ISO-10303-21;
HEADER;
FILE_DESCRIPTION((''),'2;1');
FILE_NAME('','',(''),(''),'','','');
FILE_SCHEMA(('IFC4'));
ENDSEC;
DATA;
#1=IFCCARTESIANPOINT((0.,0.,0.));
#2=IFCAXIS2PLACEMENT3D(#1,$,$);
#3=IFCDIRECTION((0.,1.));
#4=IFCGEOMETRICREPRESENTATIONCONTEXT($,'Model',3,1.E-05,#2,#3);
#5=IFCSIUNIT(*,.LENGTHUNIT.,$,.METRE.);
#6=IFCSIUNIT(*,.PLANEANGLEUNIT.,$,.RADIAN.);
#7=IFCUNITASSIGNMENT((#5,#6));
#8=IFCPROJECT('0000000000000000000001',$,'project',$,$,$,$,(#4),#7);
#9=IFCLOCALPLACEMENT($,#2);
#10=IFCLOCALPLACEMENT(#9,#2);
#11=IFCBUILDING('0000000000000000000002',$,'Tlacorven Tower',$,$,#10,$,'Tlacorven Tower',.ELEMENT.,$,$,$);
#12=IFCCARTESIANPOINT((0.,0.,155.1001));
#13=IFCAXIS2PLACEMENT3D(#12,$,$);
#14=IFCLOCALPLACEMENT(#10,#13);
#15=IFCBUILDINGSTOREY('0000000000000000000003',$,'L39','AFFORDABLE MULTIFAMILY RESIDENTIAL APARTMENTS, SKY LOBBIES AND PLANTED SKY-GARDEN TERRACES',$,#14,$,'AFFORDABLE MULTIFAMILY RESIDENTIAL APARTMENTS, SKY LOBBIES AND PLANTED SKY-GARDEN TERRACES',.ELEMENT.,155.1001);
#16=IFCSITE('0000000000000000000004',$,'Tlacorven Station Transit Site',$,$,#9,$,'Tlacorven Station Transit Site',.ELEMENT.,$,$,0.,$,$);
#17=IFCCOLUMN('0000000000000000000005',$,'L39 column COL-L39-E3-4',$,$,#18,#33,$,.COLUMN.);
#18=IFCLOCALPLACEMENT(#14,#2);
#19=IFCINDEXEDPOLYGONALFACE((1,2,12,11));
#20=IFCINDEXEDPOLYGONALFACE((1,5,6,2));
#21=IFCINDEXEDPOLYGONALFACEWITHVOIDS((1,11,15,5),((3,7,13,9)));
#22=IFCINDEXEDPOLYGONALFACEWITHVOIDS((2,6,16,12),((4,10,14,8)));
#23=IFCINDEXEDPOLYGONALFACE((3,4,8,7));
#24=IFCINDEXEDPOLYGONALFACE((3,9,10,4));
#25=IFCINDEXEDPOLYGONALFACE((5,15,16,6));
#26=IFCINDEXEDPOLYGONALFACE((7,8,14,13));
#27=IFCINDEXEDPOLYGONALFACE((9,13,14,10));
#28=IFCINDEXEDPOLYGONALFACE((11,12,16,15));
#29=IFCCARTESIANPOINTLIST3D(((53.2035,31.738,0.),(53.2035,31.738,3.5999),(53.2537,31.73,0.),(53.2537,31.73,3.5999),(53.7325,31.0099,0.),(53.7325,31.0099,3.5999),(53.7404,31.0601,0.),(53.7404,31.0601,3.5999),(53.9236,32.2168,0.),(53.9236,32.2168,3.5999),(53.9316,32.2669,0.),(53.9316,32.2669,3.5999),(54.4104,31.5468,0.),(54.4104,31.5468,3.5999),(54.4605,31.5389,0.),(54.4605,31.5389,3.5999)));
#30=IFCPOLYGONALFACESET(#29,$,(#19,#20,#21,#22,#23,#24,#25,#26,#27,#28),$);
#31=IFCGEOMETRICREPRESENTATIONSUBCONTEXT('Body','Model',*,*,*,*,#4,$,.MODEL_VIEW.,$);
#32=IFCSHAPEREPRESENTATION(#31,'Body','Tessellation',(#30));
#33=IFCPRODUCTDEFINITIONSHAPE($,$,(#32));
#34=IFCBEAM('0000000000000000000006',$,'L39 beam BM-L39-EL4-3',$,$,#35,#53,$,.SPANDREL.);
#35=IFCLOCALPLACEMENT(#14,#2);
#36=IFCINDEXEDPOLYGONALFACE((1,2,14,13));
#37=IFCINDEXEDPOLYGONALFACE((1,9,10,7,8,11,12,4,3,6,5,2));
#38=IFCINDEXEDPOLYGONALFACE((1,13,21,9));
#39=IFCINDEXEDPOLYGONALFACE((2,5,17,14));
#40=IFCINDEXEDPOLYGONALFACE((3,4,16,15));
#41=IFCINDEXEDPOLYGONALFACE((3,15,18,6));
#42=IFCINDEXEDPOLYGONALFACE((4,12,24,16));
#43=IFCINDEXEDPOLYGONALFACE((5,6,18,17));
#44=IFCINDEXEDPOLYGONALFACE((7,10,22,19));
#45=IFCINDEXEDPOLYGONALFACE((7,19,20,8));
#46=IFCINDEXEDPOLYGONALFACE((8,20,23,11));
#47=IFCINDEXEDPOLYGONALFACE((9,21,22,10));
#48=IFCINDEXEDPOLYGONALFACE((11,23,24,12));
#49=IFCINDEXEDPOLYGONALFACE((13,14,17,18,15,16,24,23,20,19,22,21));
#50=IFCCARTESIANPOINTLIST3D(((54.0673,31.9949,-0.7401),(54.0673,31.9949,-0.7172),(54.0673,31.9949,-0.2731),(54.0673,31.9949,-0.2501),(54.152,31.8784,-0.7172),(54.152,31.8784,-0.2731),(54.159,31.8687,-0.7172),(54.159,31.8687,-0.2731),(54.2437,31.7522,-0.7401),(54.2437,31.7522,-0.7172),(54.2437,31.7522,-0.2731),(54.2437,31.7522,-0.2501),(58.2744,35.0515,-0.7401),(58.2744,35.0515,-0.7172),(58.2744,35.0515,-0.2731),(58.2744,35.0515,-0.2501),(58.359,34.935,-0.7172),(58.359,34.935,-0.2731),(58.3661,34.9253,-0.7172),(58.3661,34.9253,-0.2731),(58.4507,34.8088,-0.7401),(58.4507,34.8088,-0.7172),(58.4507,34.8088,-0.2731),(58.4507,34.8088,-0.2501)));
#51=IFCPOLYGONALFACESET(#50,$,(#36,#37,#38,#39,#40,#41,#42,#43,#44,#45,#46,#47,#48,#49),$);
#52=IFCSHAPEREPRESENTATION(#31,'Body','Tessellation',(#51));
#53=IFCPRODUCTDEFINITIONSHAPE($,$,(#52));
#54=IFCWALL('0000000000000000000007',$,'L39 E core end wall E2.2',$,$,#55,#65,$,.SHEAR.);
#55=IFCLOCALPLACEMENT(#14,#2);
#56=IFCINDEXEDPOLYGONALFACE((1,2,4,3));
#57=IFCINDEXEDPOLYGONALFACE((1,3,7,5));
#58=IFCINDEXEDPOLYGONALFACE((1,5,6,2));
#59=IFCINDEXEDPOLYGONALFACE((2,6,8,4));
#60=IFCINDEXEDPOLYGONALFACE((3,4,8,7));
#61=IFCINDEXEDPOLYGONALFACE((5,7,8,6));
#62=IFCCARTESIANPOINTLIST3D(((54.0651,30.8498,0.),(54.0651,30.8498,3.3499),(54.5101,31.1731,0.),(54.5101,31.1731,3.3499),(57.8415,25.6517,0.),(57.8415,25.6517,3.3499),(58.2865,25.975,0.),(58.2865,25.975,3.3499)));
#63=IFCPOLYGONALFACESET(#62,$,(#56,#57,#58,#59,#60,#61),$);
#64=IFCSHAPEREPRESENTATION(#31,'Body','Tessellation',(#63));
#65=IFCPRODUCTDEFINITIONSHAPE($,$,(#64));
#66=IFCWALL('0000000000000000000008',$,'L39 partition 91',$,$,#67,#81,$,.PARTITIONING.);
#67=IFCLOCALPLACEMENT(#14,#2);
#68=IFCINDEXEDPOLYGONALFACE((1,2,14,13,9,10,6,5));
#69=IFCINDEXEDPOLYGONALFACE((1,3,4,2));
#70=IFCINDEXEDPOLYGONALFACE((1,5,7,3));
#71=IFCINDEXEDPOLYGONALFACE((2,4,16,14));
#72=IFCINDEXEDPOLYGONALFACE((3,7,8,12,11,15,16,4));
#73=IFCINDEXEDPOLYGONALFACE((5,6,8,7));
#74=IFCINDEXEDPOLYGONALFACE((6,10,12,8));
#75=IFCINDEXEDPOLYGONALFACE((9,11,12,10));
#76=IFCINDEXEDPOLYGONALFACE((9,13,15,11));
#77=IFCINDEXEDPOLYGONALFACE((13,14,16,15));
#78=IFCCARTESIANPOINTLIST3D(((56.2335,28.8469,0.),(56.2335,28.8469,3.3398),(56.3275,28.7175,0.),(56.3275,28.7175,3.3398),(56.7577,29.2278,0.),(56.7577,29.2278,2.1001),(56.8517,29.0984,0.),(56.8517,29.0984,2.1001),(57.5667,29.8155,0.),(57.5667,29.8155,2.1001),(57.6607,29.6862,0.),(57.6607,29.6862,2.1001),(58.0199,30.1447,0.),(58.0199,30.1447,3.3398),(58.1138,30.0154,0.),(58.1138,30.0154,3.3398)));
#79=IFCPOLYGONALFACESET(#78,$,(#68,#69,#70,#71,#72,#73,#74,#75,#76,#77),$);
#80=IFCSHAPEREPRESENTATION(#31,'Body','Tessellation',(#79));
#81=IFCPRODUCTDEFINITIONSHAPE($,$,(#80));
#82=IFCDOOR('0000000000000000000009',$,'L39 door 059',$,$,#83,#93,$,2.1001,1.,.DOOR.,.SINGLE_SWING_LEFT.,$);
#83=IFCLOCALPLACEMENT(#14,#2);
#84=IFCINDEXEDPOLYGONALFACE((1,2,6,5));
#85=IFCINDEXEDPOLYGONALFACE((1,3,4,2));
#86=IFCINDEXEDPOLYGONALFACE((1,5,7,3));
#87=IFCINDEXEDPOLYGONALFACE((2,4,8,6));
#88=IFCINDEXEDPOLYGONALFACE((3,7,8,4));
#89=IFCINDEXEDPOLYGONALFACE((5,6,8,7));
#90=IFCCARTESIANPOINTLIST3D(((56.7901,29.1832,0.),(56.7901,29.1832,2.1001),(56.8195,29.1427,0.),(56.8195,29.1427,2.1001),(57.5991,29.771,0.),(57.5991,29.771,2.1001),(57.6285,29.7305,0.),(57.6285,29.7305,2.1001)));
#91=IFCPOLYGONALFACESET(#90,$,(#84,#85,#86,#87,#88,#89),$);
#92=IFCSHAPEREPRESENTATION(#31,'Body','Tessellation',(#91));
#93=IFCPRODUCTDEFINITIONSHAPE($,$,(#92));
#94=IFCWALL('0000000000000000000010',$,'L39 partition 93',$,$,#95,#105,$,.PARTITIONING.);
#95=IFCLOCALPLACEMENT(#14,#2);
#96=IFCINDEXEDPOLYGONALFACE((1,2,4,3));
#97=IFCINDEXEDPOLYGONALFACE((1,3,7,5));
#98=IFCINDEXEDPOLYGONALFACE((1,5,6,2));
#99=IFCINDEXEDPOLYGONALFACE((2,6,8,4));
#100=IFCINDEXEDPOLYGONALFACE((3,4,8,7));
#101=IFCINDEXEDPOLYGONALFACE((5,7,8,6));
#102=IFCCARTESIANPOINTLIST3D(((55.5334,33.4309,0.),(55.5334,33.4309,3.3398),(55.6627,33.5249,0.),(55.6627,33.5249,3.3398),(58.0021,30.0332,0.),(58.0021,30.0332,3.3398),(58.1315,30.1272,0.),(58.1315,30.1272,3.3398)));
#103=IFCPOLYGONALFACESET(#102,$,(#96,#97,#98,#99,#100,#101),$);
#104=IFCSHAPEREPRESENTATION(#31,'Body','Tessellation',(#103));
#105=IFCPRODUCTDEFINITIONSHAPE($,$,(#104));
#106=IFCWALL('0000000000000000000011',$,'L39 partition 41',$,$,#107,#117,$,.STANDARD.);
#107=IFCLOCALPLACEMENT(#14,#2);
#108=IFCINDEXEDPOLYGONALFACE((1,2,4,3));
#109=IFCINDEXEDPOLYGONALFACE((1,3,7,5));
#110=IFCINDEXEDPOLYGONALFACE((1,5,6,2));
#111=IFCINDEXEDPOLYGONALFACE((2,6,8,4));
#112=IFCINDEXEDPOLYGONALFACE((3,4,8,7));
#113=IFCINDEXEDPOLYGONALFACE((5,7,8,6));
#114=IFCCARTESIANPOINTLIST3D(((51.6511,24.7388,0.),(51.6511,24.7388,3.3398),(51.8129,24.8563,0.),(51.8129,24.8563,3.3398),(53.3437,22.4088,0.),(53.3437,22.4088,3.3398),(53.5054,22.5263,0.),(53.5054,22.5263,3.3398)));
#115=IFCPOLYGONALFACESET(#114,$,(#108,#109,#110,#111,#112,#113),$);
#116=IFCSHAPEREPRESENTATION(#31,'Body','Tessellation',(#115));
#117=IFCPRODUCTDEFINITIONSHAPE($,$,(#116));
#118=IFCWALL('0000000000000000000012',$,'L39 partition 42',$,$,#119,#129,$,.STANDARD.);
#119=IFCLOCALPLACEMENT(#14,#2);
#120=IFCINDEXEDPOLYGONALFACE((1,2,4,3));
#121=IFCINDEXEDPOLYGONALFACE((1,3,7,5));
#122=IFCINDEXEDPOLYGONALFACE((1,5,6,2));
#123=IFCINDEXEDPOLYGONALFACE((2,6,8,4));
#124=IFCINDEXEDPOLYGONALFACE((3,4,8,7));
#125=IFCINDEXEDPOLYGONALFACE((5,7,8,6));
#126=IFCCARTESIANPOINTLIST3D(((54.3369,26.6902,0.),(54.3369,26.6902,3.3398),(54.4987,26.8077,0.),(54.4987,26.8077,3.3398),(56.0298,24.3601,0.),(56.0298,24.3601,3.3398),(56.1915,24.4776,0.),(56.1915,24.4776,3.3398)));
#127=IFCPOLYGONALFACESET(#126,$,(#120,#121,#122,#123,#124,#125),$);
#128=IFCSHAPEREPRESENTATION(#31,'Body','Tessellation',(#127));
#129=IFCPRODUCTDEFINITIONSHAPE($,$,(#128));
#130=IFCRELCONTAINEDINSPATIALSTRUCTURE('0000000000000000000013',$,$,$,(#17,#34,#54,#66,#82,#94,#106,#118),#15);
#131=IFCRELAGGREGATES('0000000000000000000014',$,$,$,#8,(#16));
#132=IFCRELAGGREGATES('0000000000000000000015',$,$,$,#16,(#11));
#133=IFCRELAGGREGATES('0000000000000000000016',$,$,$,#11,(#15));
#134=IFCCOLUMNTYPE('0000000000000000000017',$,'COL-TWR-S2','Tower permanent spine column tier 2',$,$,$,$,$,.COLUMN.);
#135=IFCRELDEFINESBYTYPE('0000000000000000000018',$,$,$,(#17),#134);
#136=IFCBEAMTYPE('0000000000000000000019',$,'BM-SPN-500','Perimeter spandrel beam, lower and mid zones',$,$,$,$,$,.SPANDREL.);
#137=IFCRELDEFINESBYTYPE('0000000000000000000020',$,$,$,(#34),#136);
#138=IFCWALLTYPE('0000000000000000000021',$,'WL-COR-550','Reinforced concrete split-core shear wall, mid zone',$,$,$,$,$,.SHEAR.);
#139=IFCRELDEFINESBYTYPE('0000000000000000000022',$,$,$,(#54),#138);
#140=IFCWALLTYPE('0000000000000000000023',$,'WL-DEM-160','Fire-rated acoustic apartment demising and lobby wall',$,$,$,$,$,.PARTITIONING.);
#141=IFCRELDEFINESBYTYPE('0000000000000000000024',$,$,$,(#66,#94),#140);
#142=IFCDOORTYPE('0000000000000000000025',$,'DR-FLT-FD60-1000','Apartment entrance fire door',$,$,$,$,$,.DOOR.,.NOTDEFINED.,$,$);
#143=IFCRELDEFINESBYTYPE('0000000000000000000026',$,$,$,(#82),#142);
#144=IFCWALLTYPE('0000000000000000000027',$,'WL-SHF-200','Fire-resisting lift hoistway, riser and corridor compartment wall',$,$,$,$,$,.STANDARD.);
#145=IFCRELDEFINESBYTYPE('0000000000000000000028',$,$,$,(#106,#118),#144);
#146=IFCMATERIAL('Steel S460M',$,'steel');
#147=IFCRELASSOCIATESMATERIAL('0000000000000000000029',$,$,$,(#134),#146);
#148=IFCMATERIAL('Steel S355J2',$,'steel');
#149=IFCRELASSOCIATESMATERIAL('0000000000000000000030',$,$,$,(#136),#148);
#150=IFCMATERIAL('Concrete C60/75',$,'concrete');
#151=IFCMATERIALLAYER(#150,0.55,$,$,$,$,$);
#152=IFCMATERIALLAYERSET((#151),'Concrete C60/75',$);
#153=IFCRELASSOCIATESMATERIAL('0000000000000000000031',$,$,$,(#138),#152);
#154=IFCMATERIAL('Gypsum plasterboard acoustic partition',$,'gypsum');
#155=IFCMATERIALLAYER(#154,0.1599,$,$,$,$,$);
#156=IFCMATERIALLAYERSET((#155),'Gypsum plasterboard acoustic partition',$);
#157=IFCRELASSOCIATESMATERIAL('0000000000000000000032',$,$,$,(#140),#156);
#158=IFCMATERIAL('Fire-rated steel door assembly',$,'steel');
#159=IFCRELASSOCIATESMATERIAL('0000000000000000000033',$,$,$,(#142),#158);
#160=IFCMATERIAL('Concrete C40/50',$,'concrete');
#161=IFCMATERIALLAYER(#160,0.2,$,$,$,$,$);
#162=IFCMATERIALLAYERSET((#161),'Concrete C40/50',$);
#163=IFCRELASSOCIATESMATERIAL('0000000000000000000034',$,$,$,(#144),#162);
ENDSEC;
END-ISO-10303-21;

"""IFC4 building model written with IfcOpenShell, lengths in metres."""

from ifc_helpers import new_model, si_unit, direction, frame, frame_2d, origin, origin_2d, place, context, subcontext, project, spatial, rectangle, hollow_rectangle, i_section, extrude, source, transform, mapped, material, layer, layer_set, material_profile, profile_set, type_object, element, fill, save


model = new_model("IFC4")

# Units and contexts
model_context = context("Model", 3, precision=1e-05, world=origin(), true_north=direction((0.0, 1.0)))
body_context = subcontext(model_context, "Body", "Model", "MODEL_VIEW")
ifc_project = project(units=[si_unit("LENGTHUNIT", "METRE"), si_unit("PLANEANGLEUNIT", "RADIAN")], contexts=[model_context])

# Site, building, storey
site_placement = place(None, origin())
site = spatial("IfcSite", under=ifc_project, at=site_placement, Name="Tlacorven Station Transit Site", LongName="Tlacorven Station Transit Site", CompositionType="ELEMENT", RefElevation=0.0)
building_placement = place(site_placement, origin())
building = spatial("IfcBuilding", under=site, at=building_placement, Name="Tlacorven Tower", LongName="Tlacorven Tower", CompositionType="ELEMENT")
storey_placement = place(building_placement, frame((0.0, 0.0, 155.1001)))
storey = spatial("IfcBuildingStorey", under=building, at=storey_placement, Name="L39", Description="AFFORDABLE MULTIFAMILY RESIDENTIAL APARTMENTS, SKY LOBBIES AND PLANTED SKY-GARDEN TERRACES", LongName="AFFORDABLE MULTIFAMILY RESIDENTIAL APARTMENTS, SKY LOBBIES AND PLANTED SKY-GARDEN TERRACES", CompositionType="ELEMENT", Elevation=155.1001)

# Column
ifc_material_1 = material(Name="Steel S460M", Category="steel")
ifc_material_profile_1 = material_profile(ifc_material_1, hollow_rectangle(XDim=0.8999, YDim=0.8999, WallThickness=0.0359, at=origin_2d()), Name="BOX 900X900X36")
ifc_profile_set_1 = profile_set([ifc_material_profile_1], Name="Steel S460M")
column_type = type_object("IfcColumnType", Name="COL-TWR-S2", Description="Tower permanent spine column tier 2", PredefinedType="COLUMN", material=ifc_profile_set_1)
shared_shape_1 = source(origin(), body_context, "Body", "SweptSolid", [
    extrude(hollow_rectangle(XDim=0.8999, YDim=0.8999, WallThickness=0.0359, at=origin_2d()), origin(), (0.0, 0.0, 1.0), 3.5999),
])
column_placement = place(storey_placement, frame((53.832, 31.6384, 0.0), z_axis=(0.0, 0.0, 1.0), x_axis=(0.809017, 0.587785, 0.0)))
element("IfcColumn", 1, at=column_placement, inside=storey, type_object=column_type, Name="L39 column COL-L39-E3-4", PredefinedType="COLUMN", context=body_context, shape_type="MappedRepresentation", body=[
    mapped(shared_shape_1, transform((0.0, 0.0, 0.0), scale=1.0)),
])

# Beam
ifc_material_2 = material(Name="Steel S355J2", Category="steel")
ifc_material_profile_2 = material_profile(ifc_material_2, i_section(OverallWidth=0.3, OverallDepth=0.49, WebThickness=0.012, FlangeThickness=0.0229, at=origin_2d()), Name="HEA 500")
ifc_profile_set_2 = profile_set([ifc_material_profile_2], Name="Steel S355J2")
beam_type = type_object("IfcBeamType", Name="BM-SPN-500", Description="Perimeter spandrel beam, lower and mid zones", PredefinedType="SPANDREL", material=ifc_profile_set_2)
shared_shape_2 = source(origin(), body_context, "Body", "SweptSolid", [
    extrude(i_section(OverallWidth=0.3, OverallDepth=0.49, WebThickness=0.012, FlangeThickness=0.0229, at=origin_2d()), origin(), (0.0, 0.0, 1.0), 5.2002),
])
beam_placement = place(storey_placement, frame((54.1555, 31.8735, -0.4951), z_axis=(0.809012, 0.587792, 0.0), x_axis=(-0.587792, 0.809012, 0.0)))
element("IfcBeam", 2, at=beam_placement, inside=storey, type_object=beam_type, Name="L39 beam BM-L39-EL4-3", PredefinedType="SPANDREL", context=body_context, shape_type="MappedRepresentation", body=[
    mapped(shared_shape_2, transform((0.0, 0.0, 0.0), scale=1.0)),
])

# Wall
ifc_material_3 = material(Name="Concrete C60/75", Category="concrete")
ifc_layer_1 = layer(ifc_material_3, 0.55)
ifc_layer_set_1 = layer_set([ifc_layer_1], Name="Concrete C60/75")
wall_type_1 = type_object("IfcWallType", Name="WL-COR-550", Description="Reinforced concrete split-core shear wall, mid zone", PredefinedType="SHEAR", material=ifc_layer_set_1)
wall_1_placement = place(storey_placement, frame((58.064, 25.8135, 0.0), z_axis=(0.0, 0.0, 1.0), x_axis=(-0.587765, 0.809032, 0.0)))
element("IfcWall", 3, at=wall_1_placement, inside=storey, type_object=wall_type_1, Name="L39 E core end wall E2.2", PredefinedType="SHEAR", context=body_context, shape_type="SweptSolid", body=[
    extrude(rectangle(XDim=6.425, YDim=0.55, at=frame_2d((3.2124, 0.0))), origin(), (0.0, 0.0, 1.0), 3.3499),
])

# Wall, opening, door
ifc_material_4 = material(Name="Gypsum plasterboard acoustic partition", Category="gypsum")
ifc_layer_2 = layer(ifc_material_4, 0.1599)
ifc_layer_set_2 = layer_set([ifc_layer_2], Name="Gypsum plasterboard acoustic partition")
wall_type_2 = type_object("IfcWallType", Name="WL-DEM-160", Description="Fire-rated acoustic apartment demising and lobby wall", PredefinedType="PARTITIONING", material=ifc_layer_set_2)
wall_2_placement = place(storey_placement, frame((56.2805, 28.7822, 0.0), z_axis=(0.0, 0.0, 1.0), x_axis=(0.809023, 0.587777, 0.0)))
wall_2 = element("IfcWall", 4, at=wall_2_placement, inside=storey, type_object=wall_type_2, Name="L39 partition 91", PredefinedType="PARTITIONING", context=body_context, shape_type="SweptSolid", body=[
    extrude(rectangle(XDim=2.208, YDim=0.1599, at=frame_2d((1.104, 0.0))), origin(), (0.0, 0.0, 1.0), 3.3398),
])
opening_1_placement = place(wall_2_placement, frame((0.6479, 0.0, 0.0)))
opening_1 = element("IfcOpeningElement", 5, at=opening_1_placement, cuts=wall_2, PredefinedType="OPENING", context=body_context, shape_type="SweptSolid", body=[
    extrude(rectangle(XDim=1.0, YDim=2.1001, at=frame_2d((0.5, 1.05))), frame((0.0, 0.0898, 0.0), z_axis=(0.0, -1.0, 0.0), x_axis=(1.0, 0.0, 0.0)), (0.0, 0.0, 1.0), 0.1799),
])
ifc_material_5 = material(Name="Fire-rated steel door assembly", Category="steel")
door_type_1 = type_object("IfcDoorType", Name="DR-FLT-FD60-1000", Description="Apartment entrance fire door", OperationType="NOTDEFINED", PredefinedType="DOOR", material=ifc_material_5)
shared_shape_3 = source(origin(), body_context, "Body", "SweptSolid", [
    extrude(rectangle(XDim=1.0, YDim=2.1001, at=frame_2d((0.5, 1.05))), frame((0.0, 0.0249, 0.0), z_axis=(0.0, -1.0, 0.0), x_axis=(1.0, 0.0, 0.0)), (0.0, 0.0, 1.0), 0.05),
])
door_1_placement = place(opening_1_placement, origin())
door_1 = element("IfcDoor", 6, at=door_1_placement, inside=storey, type_object=door_type_1, Name="L39 door 059", OperationType="SINGLE_SWING_LEFT", OverallHeight=2.1001, OverallWidth=1.0, PredefinedType="DOOR", context=body_context, shape_type="MappedRepresentation", body=[
    mapped(shared_shape_3, transform((0.0, 0.0, 0.0), scale=1.0)),
])
fill(opening_1, door_1)

# Wall
wall_3_placement = place(storey_placement, frame((58.0669, 30.0801, 0.0), z_axis=(0.0, 0.0, 1.0), x_axis=(-0.587812, 0.808997, 0.0)))
element("IfcWall", 7, at=wall_3_placement, inside=storey, type_object=wall_type_2, Name="L39 partition 93", PredefinedType="PARTITIONING", context=body_context, shape_type="SweptSolid", body=[
    extrude(rectangle(XDim=4.2, YDim=0.1599, at=frame_2d((2.1001, 0.0))), origin(), (0.0, 0.0, 1.0), 3.3398),
])

# Shared definitions
ifc_material_6 = material(Name="Concrete C40/50", Category="concrete")
ifc_layer_3 = layer(ifc_material_6, 0.2)
ifc_layer_set_3 = layer_set([ifc_layer_3], Name="Concrete C40/50")
wall_type_3 = type_object("IfcWallType", Name="WL-SHF-200", Description="Fire-resisting lift hoistway, riser and corridor compartment wall", PredefinedType="STANDARD", material=ifc_layer_set_3)

# Walls
wall_4_placement = place(storey_placement, frame((53.4246, 22.4675, 0.0), z_axis=(0.0, 0.0, 1.0), x_axis=(-0.587723, 0.809062, 0.0)))
element("IfcWall", 8, at=wall_4_placement, inside=storey, type_object=wall_type_3, Name="L39 partition 41", PredefinedType="STANDARD", context=body_context, shape_type="SweptSolid", body=[
    extrude(rectangle(XDim=2.8799, YDim=0.2, at=frame_2d((1.4399, 0.0))), origin(), (0.0, 0.0, 1.0), 3.3398),
])
wall_5_placement = place(storey_placement, frame((56.1106, 24.4189, 0.0), z_axis=(0.0, 0.0, 1.0), x_axis=(-0.587778, 0.809022, 0.0)))
element("IfcWall", 9, at=wall_5_placement, inside=storey, type_object=wall_type_3, Name="L39 partition 42", PredefinedType="STANDARD", context=body_context, shape_type="SweptSolid", body=[
    extrude(rectangle(XDim=2.8801, YDim=0.2, at=frame_2d((1.4399, 0.0))), origin(), (0.0, 0.0, 1.0), 3.3398),
])

save(model, "model.ifc")
